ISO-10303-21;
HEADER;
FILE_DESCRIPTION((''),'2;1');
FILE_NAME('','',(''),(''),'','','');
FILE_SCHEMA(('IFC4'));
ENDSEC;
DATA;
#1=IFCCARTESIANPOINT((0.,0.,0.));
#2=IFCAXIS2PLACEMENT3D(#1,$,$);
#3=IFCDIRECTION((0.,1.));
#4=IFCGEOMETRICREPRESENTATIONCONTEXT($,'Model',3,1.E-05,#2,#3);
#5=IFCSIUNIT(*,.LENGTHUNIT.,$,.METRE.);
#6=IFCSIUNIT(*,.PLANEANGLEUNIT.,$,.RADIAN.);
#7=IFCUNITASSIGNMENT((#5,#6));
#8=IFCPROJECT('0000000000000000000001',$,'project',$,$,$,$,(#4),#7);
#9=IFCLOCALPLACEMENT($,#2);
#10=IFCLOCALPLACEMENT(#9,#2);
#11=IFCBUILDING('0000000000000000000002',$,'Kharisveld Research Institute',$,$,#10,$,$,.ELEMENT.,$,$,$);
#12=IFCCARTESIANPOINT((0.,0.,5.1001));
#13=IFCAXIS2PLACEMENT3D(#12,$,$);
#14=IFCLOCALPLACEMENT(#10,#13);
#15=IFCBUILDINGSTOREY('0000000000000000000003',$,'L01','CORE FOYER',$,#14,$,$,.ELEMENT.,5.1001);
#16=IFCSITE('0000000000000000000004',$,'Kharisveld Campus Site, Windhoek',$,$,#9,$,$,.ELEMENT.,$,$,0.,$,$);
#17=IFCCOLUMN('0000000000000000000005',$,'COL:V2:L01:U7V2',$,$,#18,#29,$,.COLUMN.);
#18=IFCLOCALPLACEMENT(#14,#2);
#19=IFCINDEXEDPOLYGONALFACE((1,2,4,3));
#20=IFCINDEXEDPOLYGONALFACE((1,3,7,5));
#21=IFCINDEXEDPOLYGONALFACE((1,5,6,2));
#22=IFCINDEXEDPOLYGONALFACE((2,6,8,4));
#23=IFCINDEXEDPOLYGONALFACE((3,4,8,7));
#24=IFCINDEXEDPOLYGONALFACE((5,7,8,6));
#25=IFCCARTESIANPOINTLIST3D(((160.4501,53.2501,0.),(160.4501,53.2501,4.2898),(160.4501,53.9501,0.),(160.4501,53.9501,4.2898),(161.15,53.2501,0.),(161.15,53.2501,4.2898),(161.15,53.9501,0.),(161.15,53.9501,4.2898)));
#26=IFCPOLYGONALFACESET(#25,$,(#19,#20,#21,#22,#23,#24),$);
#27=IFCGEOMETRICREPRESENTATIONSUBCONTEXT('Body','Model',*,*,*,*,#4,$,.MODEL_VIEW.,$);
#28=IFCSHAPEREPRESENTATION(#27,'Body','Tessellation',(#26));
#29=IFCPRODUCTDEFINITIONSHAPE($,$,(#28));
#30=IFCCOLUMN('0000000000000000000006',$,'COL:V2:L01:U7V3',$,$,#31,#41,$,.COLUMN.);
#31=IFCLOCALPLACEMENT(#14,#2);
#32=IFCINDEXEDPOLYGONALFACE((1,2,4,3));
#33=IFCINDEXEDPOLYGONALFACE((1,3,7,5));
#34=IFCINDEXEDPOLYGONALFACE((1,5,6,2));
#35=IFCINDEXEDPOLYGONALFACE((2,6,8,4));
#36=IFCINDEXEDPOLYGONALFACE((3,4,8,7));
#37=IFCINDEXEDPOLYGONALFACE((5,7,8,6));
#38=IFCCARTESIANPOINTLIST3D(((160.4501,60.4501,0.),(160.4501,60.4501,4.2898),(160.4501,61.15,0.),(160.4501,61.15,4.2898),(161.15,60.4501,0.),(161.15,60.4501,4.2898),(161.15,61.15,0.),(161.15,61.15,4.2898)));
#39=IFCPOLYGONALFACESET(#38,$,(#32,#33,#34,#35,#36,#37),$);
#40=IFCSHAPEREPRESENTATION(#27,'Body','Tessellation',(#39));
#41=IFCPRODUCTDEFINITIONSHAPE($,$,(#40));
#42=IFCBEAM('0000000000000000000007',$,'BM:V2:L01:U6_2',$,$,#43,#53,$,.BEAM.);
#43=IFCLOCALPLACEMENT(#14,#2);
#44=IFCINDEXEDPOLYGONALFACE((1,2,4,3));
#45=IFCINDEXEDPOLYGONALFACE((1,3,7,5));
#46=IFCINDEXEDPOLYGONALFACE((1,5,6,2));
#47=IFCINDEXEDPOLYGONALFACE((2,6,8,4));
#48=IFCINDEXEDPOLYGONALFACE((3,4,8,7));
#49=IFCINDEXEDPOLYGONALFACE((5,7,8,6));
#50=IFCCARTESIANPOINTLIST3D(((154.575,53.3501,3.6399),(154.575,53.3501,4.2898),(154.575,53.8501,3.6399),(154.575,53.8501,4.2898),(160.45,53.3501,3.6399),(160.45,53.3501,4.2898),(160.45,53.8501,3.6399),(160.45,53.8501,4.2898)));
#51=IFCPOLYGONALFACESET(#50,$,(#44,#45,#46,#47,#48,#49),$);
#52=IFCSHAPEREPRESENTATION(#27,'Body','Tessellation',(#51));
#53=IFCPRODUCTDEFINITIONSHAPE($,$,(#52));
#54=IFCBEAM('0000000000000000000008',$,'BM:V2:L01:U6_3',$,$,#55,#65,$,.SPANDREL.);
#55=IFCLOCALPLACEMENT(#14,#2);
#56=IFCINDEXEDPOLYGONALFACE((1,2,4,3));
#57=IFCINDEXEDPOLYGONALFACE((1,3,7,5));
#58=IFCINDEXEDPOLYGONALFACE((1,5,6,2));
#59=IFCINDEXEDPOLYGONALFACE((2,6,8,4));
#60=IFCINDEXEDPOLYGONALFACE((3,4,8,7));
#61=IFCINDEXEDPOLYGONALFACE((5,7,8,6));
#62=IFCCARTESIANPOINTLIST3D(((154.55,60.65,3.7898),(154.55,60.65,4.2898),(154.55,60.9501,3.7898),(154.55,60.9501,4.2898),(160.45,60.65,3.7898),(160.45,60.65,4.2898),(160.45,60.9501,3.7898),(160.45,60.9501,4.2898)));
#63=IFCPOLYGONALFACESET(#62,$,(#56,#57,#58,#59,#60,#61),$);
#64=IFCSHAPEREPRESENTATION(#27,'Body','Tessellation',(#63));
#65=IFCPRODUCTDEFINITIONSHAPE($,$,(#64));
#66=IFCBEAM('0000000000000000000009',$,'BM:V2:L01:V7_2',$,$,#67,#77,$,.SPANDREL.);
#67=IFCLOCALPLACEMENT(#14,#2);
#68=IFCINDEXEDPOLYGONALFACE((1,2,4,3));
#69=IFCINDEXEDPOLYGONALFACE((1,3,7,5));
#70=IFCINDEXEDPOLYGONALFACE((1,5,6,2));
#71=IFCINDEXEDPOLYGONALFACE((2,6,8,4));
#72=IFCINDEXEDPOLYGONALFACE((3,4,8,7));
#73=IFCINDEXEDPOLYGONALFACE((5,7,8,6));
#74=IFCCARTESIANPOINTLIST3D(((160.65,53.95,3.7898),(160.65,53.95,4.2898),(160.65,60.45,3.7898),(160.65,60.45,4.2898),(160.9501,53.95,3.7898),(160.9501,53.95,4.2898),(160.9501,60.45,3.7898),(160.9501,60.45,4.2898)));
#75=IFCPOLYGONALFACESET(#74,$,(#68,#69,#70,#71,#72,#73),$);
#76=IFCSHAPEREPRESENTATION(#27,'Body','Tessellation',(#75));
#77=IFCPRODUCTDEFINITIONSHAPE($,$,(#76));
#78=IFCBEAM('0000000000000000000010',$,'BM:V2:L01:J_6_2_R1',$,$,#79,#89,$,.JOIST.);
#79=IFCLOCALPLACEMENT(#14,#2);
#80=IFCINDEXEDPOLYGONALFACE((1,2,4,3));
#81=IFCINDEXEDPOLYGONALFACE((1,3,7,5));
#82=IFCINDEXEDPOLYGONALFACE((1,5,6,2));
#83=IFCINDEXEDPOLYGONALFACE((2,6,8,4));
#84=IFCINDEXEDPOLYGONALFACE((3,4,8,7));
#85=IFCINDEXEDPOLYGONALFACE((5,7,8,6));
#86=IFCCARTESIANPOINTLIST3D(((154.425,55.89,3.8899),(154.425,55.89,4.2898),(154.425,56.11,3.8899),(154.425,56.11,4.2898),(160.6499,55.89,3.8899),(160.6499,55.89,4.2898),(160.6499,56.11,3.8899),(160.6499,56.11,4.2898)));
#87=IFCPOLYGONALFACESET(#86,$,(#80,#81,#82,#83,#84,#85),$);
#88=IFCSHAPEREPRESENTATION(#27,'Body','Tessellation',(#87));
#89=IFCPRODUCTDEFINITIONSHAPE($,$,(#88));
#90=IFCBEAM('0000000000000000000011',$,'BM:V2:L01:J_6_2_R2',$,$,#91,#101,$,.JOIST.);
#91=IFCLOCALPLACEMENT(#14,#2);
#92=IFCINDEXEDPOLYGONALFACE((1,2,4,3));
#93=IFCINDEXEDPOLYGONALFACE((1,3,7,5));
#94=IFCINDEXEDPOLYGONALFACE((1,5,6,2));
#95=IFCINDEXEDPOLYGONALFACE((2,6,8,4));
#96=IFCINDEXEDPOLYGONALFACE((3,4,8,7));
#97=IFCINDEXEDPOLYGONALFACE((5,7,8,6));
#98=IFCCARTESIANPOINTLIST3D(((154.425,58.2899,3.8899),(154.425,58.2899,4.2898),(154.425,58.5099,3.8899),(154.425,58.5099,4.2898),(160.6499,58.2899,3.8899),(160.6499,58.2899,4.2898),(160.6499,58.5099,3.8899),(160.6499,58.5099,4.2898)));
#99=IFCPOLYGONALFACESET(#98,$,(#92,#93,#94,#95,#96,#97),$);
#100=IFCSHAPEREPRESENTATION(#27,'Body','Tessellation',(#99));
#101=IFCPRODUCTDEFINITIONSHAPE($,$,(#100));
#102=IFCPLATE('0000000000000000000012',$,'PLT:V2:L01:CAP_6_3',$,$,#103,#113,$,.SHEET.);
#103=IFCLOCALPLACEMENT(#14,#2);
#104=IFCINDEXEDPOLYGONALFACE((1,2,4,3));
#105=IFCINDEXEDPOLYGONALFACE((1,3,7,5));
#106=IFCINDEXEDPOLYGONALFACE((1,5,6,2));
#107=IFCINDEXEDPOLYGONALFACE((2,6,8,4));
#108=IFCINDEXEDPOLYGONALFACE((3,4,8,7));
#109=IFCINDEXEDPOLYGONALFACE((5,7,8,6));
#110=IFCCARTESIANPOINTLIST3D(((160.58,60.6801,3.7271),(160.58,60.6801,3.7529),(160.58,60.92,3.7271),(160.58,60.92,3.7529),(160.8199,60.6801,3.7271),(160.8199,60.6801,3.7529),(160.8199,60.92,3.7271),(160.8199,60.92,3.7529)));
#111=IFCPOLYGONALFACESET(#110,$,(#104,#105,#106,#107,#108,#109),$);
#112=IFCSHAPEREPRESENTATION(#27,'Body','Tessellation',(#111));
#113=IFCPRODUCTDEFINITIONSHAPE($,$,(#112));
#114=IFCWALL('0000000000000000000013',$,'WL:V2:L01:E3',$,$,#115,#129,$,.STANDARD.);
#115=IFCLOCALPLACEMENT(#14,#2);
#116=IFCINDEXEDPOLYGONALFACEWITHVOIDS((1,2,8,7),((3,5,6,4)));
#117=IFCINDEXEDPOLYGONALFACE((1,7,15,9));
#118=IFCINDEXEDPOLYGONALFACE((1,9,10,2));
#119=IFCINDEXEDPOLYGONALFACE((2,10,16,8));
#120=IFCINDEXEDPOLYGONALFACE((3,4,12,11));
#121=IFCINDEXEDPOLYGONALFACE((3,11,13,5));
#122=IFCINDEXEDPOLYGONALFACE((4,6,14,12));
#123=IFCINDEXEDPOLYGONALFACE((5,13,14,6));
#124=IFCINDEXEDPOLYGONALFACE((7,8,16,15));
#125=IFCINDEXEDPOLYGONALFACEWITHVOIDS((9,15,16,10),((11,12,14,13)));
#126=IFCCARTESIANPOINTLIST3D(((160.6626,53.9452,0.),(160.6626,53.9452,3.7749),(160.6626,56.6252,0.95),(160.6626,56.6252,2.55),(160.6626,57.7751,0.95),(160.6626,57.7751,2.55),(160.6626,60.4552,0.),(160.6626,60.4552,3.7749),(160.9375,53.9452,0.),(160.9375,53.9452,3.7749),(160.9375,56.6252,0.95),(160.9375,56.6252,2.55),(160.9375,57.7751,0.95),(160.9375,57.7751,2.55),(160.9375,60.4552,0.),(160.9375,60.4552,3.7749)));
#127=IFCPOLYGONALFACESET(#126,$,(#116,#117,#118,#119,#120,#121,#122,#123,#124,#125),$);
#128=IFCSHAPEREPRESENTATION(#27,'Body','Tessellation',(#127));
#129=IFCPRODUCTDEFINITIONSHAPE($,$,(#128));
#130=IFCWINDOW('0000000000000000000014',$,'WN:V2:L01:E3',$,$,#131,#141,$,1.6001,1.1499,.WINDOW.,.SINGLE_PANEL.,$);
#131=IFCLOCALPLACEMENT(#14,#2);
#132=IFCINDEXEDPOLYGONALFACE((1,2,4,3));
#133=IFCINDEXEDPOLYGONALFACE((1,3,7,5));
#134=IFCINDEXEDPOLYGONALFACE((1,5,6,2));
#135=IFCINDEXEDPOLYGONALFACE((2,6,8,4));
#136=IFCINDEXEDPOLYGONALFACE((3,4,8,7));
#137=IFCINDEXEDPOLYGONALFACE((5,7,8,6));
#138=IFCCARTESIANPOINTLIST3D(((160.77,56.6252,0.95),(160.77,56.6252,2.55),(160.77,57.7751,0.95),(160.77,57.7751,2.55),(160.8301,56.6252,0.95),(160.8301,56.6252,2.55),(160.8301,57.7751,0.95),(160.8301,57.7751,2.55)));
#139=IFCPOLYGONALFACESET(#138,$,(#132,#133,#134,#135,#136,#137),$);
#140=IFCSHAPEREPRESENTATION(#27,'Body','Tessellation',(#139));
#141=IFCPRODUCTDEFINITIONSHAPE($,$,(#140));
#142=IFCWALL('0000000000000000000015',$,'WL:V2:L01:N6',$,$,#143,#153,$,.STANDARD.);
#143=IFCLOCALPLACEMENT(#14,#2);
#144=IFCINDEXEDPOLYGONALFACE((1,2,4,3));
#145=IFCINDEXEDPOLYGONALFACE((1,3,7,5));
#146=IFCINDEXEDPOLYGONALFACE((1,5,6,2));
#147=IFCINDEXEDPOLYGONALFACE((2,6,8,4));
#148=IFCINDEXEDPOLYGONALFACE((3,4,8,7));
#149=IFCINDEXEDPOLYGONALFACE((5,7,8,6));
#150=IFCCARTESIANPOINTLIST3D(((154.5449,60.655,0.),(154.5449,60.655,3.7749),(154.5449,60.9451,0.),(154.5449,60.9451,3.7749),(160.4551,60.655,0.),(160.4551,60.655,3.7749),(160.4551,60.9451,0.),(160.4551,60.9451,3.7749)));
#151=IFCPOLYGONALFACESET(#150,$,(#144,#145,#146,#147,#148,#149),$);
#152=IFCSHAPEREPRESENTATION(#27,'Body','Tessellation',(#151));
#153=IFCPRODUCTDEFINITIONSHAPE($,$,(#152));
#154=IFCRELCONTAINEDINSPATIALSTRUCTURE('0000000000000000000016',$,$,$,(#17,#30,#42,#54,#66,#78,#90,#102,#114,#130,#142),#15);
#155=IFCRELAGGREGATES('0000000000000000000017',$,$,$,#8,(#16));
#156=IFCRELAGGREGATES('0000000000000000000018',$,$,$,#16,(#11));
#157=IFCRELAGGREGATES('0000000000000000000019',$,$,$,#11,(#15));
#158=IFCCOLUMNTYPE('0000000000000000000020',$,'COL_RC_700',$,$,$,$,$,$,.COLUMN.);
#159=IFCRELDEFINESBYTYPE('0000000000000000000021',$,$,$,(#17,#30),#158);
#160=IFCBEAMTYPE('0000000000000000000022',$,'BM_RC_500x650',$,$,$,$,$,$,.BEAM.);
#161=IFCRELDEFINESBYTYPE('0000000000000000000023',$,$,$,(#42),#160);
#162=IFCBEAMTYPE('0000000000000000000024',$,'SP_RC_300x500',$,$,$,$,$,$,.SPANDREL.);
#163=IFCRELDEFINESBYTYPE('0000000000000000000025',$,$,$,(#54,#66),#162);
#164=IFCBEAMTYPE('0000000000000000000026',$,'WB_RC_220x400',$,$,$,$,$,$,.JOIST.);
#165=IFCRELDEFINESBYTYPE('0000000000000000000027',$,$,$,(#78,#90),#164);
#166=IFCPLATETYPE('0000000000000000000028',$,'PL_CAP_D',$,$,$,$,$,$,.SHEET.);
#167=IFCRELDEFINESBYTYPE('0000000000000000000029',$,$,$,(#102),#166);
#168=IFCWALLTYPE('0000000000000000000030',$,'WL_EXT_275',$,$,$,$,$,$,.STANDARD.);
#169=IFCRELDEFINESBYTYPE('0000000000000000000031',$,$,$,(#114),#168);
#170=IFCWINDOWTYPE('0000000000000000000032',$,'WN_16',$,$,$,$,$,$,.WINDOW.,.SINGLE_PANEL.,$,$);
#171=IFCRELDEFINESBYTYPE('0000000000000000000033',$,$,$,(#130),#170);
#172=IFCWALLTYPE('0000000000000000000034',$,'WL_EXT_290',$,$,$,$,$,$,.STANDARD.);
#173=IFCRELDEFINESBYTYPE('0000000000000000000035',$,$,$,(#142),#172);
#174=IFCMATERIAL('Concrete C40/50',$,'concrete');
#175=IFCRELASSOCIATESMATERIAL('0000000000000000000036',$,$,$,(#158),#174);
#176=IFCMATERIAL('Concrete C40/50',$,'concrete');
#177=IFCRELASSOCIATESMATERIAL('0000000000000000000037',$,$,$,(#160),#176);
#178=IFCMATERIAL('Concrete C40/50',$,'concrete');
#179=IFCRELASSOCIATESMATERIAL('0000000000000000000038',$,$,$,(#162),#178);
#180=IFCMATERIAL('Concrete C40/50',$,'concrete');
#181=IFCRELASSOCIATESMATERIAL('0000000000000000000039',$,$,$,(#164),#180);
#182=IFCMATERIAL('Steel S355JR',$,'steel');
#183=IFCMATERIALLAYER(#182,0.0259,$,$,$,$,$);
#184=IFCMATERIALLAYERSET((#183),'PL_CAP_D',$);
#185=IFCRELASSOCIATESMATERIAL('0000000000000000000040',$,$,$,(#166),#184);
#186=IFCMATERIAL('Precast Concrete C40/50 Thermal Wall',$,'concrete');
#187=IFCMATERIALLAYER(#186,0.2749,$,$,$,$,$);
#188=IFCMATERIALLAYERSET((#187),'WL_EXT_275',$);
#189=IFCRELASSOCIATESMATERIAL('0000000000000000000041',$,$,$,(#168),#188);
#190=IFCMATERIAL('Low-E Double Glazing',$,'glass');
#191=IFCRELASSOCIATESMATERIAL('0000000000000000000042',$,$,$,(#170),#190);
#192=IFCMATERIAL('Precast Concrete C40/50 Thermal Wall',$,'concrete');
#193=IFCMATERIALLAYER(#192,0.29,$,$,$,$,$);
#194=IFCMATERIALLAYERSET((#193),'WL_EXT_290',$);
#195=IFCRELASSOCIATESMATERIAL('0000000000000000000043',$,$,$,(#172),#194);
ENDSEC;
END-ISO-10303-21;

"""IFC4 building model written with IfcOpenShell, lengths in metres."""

from ifc_helpers import new_model, si_unit, direction, frame, frame_2d, origin, origin_2d, place, context, subcontext, project, spatial, rectangle, extrude, material, layer, layer_set, material_profile, profile_set, type_object, element, fill, save


model = new_model("IFC4")

# Units and contexts
model_context = context("Model", 3, precision=1e-05, world=origin(), true_north=direction((0.0, 1.0)))
body_context = subcontext(model_context, "Body", "Model", "MODEL_VIEW")
ifc_project = project(units=[si_unit("LENGTHUNIT", "METRE"), si_unit("PLANEANGLEUNIT", "RADIAN")], contexts=[model_context])

# Site, building, storey
site_placement = place(None, origin())
site = spatial("IfcSite", under=ifc_project, at=site_placement, Name="Kharisveld Campus Site, Windhoek", CompositionType="ELEMENT", RefElevation=0.0)
building_placement = place(site_placement, origin())
building = spatial("IfcBuilding", under=site, at=building_placement, Name="Kharisveld Research Institute", CompositionType="ELEMENT")
storey_placement = place(building_placement, frame((0.0, 0.0, 5.1001)))
storey = spatial("IfcBuildingStorey", under=building, at=storey_placement, Name="L01", Description="CORE FOYER", CompositionType="ELEMENT", Elevation=5.1001)

# Columns
ifc_material_1 = material(Name="Concrete C40/50", Category="concrete")
ifc_material_profile_1 = material_profile(ifc_material_1, rectangle(XDim=0.7, YDim=0.7, at=origin_2d()))
ifc_profile_set_1 = profile_set([ifc_material_profile_1], Name="Concrete C40/50")
column_type = type_object("IfcColumnType", Name="COL_RC_700", PredefinedType="COLUMN", material=ifc_profile_set_1)
for number, where, z_axis, x_axis, name in (
    (1, (160.8, 53.6001, 0.0), (0.0, 0.0, 1.0), (1.0, 0.0, 0.0), "COL:V2:L01:U7V2"),
    (2, (160.8, 60.8, 0.0), (0.0, 0.0, 1.0), (1.0, 0.0, 0.0), "COL:V2:L01:U7V3"),
):
    element("IfcColumn", number, at=place(storey_placement, frame(where, z_axis=z_axis, x_axis=x_axis)), inside=storey, type_object=column_type, Name=name, PredefinedType="COLUMN", context=body_context, shape_type="SweptSolid", body=[
        extrude(rectangle(XDim=0.7, YDim=0.7, at=origin_2d()), origin(), (0.0, 0.0, 1.0), 4.2898),
    ])

# Beams
ifc_material_2 = material(Name="Concrete C40/50", Category="concrete")
ifc_material_profile_2 = material_profile(ifc_material_2, rectangle(XDim=0.5, YDim=0.6499, at=origin_2d()))
ifc_profile_set_2 = profile_set([ifc_material_profile_2], Name="Concrete C40/50")
beam_type_1 = type_object("IfcBeamType", Name="BM_RC_500x650", PredefinedType="BEAM", material=ifc_profile_set_2)
beam_1_placement = place(storey_placement, frame((154.575, 53.6001, 3.9648), z_axis=(1.0, 0.0, 0.0), x_axis=(0.0, 1.0, 0.0)))
element("IfcBeam", 3, at=beam_1_placement, inside=storey, type_object=beam_type_1, Name="BM:V2:L01:U6_2", PredefinedType="BEAM", context=body_context, shape_type="SweptSolid", body=[
    extrude(rectangle(XDim=0.5, YDim=0.6499, at=origin_2d()), origin(), (0.0, 0.0, 1.0), 5.875),
])
ifc_material_3 = material(Name="Concrete C40/50", Category="concrete")
ifc_material_profile_3 = material_profile(ifc_material_3, rectangle(XDim=0.3, YDim=0.5, at=origin_2d()))
ifc_profile_set_3 = profile_set([ifc_material_profile_3], Name="Concrete C40/50")
beam_type_2 = type_object("IfcBeamType", Name="SP_RC_300x500", PredefinedType="SPANDREL", material=ifc_profile_set_3)
beam_2_placement = place(storey_placement, frame((154.55, 60.8, 4.0398), z_axis=(1.0, 0.0, 0.0), x_axis=(0.0, 1.0, 0.0)))
element("IfcBeam", 4, at=beam_2_placement, inside=storey, type_object=beam_type_2, Name="BM:V2:L01:U6_3", PredefinedType="SPANDREL", context=body_context, shape_type="SweptSolid", body=[
    extrude(rectangle(XDim=0.3, YDim=0.5, at=origin_2d()), origin(), (0.0, 0.0, 1.0), 5.8999),
])
beam_3_placement = place(storey_placement, frame((160.8, 53.95, 4.0398), z_axis=(0.0, 1.0, 0.0), x_axis=(-1.0, 0.0, 0.0)))
element("IfcBeam", 5, at=beam_3_placement, inside=storey, type_object=beam_type_2, Name="BM:V2:L01:V7_2", PredefinedType="SPANDREL", context=body_context, shape_type="SweptSolid", body=[
    extrude(rectangle(XDim=0.3, YDim=0.5, at=origin_2d()), origin(), (0.0, 0.0, 1.0), 6.5),
])
ifc_material_4 = material(Name="Concrete C40/50", Category="concrete")
ifc_material_profile_4 = material_profile(ifc_material_4, rectangle(XDim=0.22, YDim=0.3999, at=origin_2d()))
ifc_profile_set_4 = profile_set([ifc_material_profile_4], Name="Concrete C40/50")
beam_type_3 = type_object("IfcBeamType", Name="WB_RC_220x400", PredefinedType="JOIST", material=ifc_profile_set_4)
for number, where, z_axis, x_axis, name in (
    (6, (154.425, 56.0, 4.0898), (1.0, 0.0, 0.0), (0.0, 1.0, 0.0), "BM:V2:L01:J_6_2_R1"),
    (7, (154.425, 58.3999, 4.0898), (1.0, 0.0, 0.0), (0.0, 1.0, 0.0), "BM:V2:L01:J_6_2_R2"),
):
    element("IfcBeam", number, at=place(storey_placement, frame(where, z_axis=z_axis, x_axis=x_axis)), inside=storey, type_object=beam_type_3, Name=name, PredefinedType="JOIST", context=body_context, shape_type="SweptSolid", body=[
        extrude(rectangle(XDim=0.22, YDim=0.3999, at=origin_2d()), origin(), (0.0, 0.0, 1.0), 6.2249),
    ])

# Plate
ifc_material_5 = material(Name="Steel S355JR", Category="steel")
ifc_layer_1 = layer(ifc_material_5, 0.0259)
ifc_layer_set_1 = layer_set([ifc_layer_1], Name="PL_CAP_D")
plate_type = type_object("IfcPlateType", Name="PL_CAP_D", PredefinedType="SHEET", material=ifc_layer_set_1)
plate_placement = place(storey_placement, frame((160.7, 60.8, 3.7271), z_axis=(0.0, 0.0, 1.0), x_axis=(1.0, 0.0, 0.0)))
element("IfcPlate", 8, at=plate_placement, inside=storey, type_object=plate_type, Name="PLT:V2:L01:CAP_6_3", PredefinedType="SHEET", context=body_context, shape_type="SweptSolid", body=[
    extrude(rectangle(XDim=0.24, YDim=0.24, at=origin_2d()), origin(), (0.0, 0.0, 1.0), 0.0259),
])

# Wall, opening, window
ifc_material_6 = material(Name="Precast Concrete C40/50 Thermal Wall", Category="concrete")
ifc_layer_2 = layer(ifc_material_6, 0.2749)
ifc_layer_set_2 = layer_set([ifc_layer_2], Name="WL_EXT_275")
wall_type_1 = type_object("IfcWallType", Name="WL_EXT_275", PredefinedType="STANDARD", material=ifc_layer_set_2)
wall_1_placement = place(storey_placement, frame((160.8, 60.4551, 0.0), z_axis=(0.0, 0.0, 1.0), x_axis=(0.0, -1.0, 0.0)))
wall_1 = element("IfcWall", 9, at=wall_1_placement, inside=storey, type_object=wall_type_1, Name="WL:V2:L01:E3", PredefinedType="STANDARD", context=body_context, shape_type="SweptSolid", body=[
    extrude(rectangle(XDim=6.51, YDim=0.2749, at=frame_2d((3.2549, 0.0))), origin(), (0.0, 0.0, 1.0), 3.7749),
])
opening_1_placement = place(wall_1_placement, frame((2.6799, 0.0, 0.95)))
opening_1 = element("IfcOpeningElement", 10, at=opening_1_placement, cuts=wall_1, PredefinedType="OPENING", context=body_context, shape_type="SweptSolid", body=[
    extrude(rectangle(XDim=1.1499, YDim=1.6001, at=frame_2d((0.575, 0.8))), frame((0.0, 0.1375, 0.0), z_axis=(0.0, -1.0, 0.0), x_axis=(1.0, 0.0, 0.0)), (0.0, 0.0, 1.0), 0.2749),
])
ifc_material_7 = material(Name="Low-E Double Glazing", Category="glass")
window_type_1 = type_object("IfcWindowType", Name="WN_16", PartitioningType="SINGLE_PANEL", PredefinedType="WINDOW", material=ifc_material_7)
window_1_placement = place(opening_1_placement, origin())
window_1 = element("IfcWindow", 11, at=window_1_placement, inside=storey, type_object=window_type_1, Name="WN:V2:L01:E3", OverallHeight=1.6001, OverallWidth=1.1499, PartitioningType="SINGLE_PANEL", PredefinedType="WINDOW", context=body_context, shape_type="SweptSolid", body=[
    extrude(rectangle(XDim=1.1499, YDim=1.6001, at=frame_2d((0.575, 0.8))), frame((0.0, 0.03, 0.0), z_axis=(0.0, -1.0, 0.0), x_axis=(1.0, 0.0, 0.0)), (0.0, 0.0, 1.0), 0.0601),
])
fill(opening_1, window_1)

# Wall
ifc_material_8 = material(Name="Precast Concrete C40/50 Thermal Wall", Category="concrete")
ifc_layer_3 = layer(ifc_material_8, 0.29)
ifc_layer_set_3 = layer_set([ifc_layer_3], Name="WL_EXT_290")
wall_type_2 = type_object("IfcWallType", Name="WL_EXT_290", PredefinedType="STANDARD", material=ifc_layer_set_3)
wall_2_placement = place(storey_placement, frame((154.5449, 60.8, 0.0), z_axis=(0.0, 0.0, 1.0), x_axis=(1.0, 0.0, 0.0)))
element("IfcWall", 12, at=wall_2_placement, inside=storey, type_object=wall_type_2, Name="WL:V2:L01:N6", PredefinedType="STANDARD", context=body_context, shape_type="SweptSolid", body=[
    extrude(rectangle(XDim=5.9102, YDim=0.29, at=frame_2d((2.9551, 0.0))), origin(), (0.0, 0.0, 1.0), 3.7749),
])

save(model, "model.ifc")
